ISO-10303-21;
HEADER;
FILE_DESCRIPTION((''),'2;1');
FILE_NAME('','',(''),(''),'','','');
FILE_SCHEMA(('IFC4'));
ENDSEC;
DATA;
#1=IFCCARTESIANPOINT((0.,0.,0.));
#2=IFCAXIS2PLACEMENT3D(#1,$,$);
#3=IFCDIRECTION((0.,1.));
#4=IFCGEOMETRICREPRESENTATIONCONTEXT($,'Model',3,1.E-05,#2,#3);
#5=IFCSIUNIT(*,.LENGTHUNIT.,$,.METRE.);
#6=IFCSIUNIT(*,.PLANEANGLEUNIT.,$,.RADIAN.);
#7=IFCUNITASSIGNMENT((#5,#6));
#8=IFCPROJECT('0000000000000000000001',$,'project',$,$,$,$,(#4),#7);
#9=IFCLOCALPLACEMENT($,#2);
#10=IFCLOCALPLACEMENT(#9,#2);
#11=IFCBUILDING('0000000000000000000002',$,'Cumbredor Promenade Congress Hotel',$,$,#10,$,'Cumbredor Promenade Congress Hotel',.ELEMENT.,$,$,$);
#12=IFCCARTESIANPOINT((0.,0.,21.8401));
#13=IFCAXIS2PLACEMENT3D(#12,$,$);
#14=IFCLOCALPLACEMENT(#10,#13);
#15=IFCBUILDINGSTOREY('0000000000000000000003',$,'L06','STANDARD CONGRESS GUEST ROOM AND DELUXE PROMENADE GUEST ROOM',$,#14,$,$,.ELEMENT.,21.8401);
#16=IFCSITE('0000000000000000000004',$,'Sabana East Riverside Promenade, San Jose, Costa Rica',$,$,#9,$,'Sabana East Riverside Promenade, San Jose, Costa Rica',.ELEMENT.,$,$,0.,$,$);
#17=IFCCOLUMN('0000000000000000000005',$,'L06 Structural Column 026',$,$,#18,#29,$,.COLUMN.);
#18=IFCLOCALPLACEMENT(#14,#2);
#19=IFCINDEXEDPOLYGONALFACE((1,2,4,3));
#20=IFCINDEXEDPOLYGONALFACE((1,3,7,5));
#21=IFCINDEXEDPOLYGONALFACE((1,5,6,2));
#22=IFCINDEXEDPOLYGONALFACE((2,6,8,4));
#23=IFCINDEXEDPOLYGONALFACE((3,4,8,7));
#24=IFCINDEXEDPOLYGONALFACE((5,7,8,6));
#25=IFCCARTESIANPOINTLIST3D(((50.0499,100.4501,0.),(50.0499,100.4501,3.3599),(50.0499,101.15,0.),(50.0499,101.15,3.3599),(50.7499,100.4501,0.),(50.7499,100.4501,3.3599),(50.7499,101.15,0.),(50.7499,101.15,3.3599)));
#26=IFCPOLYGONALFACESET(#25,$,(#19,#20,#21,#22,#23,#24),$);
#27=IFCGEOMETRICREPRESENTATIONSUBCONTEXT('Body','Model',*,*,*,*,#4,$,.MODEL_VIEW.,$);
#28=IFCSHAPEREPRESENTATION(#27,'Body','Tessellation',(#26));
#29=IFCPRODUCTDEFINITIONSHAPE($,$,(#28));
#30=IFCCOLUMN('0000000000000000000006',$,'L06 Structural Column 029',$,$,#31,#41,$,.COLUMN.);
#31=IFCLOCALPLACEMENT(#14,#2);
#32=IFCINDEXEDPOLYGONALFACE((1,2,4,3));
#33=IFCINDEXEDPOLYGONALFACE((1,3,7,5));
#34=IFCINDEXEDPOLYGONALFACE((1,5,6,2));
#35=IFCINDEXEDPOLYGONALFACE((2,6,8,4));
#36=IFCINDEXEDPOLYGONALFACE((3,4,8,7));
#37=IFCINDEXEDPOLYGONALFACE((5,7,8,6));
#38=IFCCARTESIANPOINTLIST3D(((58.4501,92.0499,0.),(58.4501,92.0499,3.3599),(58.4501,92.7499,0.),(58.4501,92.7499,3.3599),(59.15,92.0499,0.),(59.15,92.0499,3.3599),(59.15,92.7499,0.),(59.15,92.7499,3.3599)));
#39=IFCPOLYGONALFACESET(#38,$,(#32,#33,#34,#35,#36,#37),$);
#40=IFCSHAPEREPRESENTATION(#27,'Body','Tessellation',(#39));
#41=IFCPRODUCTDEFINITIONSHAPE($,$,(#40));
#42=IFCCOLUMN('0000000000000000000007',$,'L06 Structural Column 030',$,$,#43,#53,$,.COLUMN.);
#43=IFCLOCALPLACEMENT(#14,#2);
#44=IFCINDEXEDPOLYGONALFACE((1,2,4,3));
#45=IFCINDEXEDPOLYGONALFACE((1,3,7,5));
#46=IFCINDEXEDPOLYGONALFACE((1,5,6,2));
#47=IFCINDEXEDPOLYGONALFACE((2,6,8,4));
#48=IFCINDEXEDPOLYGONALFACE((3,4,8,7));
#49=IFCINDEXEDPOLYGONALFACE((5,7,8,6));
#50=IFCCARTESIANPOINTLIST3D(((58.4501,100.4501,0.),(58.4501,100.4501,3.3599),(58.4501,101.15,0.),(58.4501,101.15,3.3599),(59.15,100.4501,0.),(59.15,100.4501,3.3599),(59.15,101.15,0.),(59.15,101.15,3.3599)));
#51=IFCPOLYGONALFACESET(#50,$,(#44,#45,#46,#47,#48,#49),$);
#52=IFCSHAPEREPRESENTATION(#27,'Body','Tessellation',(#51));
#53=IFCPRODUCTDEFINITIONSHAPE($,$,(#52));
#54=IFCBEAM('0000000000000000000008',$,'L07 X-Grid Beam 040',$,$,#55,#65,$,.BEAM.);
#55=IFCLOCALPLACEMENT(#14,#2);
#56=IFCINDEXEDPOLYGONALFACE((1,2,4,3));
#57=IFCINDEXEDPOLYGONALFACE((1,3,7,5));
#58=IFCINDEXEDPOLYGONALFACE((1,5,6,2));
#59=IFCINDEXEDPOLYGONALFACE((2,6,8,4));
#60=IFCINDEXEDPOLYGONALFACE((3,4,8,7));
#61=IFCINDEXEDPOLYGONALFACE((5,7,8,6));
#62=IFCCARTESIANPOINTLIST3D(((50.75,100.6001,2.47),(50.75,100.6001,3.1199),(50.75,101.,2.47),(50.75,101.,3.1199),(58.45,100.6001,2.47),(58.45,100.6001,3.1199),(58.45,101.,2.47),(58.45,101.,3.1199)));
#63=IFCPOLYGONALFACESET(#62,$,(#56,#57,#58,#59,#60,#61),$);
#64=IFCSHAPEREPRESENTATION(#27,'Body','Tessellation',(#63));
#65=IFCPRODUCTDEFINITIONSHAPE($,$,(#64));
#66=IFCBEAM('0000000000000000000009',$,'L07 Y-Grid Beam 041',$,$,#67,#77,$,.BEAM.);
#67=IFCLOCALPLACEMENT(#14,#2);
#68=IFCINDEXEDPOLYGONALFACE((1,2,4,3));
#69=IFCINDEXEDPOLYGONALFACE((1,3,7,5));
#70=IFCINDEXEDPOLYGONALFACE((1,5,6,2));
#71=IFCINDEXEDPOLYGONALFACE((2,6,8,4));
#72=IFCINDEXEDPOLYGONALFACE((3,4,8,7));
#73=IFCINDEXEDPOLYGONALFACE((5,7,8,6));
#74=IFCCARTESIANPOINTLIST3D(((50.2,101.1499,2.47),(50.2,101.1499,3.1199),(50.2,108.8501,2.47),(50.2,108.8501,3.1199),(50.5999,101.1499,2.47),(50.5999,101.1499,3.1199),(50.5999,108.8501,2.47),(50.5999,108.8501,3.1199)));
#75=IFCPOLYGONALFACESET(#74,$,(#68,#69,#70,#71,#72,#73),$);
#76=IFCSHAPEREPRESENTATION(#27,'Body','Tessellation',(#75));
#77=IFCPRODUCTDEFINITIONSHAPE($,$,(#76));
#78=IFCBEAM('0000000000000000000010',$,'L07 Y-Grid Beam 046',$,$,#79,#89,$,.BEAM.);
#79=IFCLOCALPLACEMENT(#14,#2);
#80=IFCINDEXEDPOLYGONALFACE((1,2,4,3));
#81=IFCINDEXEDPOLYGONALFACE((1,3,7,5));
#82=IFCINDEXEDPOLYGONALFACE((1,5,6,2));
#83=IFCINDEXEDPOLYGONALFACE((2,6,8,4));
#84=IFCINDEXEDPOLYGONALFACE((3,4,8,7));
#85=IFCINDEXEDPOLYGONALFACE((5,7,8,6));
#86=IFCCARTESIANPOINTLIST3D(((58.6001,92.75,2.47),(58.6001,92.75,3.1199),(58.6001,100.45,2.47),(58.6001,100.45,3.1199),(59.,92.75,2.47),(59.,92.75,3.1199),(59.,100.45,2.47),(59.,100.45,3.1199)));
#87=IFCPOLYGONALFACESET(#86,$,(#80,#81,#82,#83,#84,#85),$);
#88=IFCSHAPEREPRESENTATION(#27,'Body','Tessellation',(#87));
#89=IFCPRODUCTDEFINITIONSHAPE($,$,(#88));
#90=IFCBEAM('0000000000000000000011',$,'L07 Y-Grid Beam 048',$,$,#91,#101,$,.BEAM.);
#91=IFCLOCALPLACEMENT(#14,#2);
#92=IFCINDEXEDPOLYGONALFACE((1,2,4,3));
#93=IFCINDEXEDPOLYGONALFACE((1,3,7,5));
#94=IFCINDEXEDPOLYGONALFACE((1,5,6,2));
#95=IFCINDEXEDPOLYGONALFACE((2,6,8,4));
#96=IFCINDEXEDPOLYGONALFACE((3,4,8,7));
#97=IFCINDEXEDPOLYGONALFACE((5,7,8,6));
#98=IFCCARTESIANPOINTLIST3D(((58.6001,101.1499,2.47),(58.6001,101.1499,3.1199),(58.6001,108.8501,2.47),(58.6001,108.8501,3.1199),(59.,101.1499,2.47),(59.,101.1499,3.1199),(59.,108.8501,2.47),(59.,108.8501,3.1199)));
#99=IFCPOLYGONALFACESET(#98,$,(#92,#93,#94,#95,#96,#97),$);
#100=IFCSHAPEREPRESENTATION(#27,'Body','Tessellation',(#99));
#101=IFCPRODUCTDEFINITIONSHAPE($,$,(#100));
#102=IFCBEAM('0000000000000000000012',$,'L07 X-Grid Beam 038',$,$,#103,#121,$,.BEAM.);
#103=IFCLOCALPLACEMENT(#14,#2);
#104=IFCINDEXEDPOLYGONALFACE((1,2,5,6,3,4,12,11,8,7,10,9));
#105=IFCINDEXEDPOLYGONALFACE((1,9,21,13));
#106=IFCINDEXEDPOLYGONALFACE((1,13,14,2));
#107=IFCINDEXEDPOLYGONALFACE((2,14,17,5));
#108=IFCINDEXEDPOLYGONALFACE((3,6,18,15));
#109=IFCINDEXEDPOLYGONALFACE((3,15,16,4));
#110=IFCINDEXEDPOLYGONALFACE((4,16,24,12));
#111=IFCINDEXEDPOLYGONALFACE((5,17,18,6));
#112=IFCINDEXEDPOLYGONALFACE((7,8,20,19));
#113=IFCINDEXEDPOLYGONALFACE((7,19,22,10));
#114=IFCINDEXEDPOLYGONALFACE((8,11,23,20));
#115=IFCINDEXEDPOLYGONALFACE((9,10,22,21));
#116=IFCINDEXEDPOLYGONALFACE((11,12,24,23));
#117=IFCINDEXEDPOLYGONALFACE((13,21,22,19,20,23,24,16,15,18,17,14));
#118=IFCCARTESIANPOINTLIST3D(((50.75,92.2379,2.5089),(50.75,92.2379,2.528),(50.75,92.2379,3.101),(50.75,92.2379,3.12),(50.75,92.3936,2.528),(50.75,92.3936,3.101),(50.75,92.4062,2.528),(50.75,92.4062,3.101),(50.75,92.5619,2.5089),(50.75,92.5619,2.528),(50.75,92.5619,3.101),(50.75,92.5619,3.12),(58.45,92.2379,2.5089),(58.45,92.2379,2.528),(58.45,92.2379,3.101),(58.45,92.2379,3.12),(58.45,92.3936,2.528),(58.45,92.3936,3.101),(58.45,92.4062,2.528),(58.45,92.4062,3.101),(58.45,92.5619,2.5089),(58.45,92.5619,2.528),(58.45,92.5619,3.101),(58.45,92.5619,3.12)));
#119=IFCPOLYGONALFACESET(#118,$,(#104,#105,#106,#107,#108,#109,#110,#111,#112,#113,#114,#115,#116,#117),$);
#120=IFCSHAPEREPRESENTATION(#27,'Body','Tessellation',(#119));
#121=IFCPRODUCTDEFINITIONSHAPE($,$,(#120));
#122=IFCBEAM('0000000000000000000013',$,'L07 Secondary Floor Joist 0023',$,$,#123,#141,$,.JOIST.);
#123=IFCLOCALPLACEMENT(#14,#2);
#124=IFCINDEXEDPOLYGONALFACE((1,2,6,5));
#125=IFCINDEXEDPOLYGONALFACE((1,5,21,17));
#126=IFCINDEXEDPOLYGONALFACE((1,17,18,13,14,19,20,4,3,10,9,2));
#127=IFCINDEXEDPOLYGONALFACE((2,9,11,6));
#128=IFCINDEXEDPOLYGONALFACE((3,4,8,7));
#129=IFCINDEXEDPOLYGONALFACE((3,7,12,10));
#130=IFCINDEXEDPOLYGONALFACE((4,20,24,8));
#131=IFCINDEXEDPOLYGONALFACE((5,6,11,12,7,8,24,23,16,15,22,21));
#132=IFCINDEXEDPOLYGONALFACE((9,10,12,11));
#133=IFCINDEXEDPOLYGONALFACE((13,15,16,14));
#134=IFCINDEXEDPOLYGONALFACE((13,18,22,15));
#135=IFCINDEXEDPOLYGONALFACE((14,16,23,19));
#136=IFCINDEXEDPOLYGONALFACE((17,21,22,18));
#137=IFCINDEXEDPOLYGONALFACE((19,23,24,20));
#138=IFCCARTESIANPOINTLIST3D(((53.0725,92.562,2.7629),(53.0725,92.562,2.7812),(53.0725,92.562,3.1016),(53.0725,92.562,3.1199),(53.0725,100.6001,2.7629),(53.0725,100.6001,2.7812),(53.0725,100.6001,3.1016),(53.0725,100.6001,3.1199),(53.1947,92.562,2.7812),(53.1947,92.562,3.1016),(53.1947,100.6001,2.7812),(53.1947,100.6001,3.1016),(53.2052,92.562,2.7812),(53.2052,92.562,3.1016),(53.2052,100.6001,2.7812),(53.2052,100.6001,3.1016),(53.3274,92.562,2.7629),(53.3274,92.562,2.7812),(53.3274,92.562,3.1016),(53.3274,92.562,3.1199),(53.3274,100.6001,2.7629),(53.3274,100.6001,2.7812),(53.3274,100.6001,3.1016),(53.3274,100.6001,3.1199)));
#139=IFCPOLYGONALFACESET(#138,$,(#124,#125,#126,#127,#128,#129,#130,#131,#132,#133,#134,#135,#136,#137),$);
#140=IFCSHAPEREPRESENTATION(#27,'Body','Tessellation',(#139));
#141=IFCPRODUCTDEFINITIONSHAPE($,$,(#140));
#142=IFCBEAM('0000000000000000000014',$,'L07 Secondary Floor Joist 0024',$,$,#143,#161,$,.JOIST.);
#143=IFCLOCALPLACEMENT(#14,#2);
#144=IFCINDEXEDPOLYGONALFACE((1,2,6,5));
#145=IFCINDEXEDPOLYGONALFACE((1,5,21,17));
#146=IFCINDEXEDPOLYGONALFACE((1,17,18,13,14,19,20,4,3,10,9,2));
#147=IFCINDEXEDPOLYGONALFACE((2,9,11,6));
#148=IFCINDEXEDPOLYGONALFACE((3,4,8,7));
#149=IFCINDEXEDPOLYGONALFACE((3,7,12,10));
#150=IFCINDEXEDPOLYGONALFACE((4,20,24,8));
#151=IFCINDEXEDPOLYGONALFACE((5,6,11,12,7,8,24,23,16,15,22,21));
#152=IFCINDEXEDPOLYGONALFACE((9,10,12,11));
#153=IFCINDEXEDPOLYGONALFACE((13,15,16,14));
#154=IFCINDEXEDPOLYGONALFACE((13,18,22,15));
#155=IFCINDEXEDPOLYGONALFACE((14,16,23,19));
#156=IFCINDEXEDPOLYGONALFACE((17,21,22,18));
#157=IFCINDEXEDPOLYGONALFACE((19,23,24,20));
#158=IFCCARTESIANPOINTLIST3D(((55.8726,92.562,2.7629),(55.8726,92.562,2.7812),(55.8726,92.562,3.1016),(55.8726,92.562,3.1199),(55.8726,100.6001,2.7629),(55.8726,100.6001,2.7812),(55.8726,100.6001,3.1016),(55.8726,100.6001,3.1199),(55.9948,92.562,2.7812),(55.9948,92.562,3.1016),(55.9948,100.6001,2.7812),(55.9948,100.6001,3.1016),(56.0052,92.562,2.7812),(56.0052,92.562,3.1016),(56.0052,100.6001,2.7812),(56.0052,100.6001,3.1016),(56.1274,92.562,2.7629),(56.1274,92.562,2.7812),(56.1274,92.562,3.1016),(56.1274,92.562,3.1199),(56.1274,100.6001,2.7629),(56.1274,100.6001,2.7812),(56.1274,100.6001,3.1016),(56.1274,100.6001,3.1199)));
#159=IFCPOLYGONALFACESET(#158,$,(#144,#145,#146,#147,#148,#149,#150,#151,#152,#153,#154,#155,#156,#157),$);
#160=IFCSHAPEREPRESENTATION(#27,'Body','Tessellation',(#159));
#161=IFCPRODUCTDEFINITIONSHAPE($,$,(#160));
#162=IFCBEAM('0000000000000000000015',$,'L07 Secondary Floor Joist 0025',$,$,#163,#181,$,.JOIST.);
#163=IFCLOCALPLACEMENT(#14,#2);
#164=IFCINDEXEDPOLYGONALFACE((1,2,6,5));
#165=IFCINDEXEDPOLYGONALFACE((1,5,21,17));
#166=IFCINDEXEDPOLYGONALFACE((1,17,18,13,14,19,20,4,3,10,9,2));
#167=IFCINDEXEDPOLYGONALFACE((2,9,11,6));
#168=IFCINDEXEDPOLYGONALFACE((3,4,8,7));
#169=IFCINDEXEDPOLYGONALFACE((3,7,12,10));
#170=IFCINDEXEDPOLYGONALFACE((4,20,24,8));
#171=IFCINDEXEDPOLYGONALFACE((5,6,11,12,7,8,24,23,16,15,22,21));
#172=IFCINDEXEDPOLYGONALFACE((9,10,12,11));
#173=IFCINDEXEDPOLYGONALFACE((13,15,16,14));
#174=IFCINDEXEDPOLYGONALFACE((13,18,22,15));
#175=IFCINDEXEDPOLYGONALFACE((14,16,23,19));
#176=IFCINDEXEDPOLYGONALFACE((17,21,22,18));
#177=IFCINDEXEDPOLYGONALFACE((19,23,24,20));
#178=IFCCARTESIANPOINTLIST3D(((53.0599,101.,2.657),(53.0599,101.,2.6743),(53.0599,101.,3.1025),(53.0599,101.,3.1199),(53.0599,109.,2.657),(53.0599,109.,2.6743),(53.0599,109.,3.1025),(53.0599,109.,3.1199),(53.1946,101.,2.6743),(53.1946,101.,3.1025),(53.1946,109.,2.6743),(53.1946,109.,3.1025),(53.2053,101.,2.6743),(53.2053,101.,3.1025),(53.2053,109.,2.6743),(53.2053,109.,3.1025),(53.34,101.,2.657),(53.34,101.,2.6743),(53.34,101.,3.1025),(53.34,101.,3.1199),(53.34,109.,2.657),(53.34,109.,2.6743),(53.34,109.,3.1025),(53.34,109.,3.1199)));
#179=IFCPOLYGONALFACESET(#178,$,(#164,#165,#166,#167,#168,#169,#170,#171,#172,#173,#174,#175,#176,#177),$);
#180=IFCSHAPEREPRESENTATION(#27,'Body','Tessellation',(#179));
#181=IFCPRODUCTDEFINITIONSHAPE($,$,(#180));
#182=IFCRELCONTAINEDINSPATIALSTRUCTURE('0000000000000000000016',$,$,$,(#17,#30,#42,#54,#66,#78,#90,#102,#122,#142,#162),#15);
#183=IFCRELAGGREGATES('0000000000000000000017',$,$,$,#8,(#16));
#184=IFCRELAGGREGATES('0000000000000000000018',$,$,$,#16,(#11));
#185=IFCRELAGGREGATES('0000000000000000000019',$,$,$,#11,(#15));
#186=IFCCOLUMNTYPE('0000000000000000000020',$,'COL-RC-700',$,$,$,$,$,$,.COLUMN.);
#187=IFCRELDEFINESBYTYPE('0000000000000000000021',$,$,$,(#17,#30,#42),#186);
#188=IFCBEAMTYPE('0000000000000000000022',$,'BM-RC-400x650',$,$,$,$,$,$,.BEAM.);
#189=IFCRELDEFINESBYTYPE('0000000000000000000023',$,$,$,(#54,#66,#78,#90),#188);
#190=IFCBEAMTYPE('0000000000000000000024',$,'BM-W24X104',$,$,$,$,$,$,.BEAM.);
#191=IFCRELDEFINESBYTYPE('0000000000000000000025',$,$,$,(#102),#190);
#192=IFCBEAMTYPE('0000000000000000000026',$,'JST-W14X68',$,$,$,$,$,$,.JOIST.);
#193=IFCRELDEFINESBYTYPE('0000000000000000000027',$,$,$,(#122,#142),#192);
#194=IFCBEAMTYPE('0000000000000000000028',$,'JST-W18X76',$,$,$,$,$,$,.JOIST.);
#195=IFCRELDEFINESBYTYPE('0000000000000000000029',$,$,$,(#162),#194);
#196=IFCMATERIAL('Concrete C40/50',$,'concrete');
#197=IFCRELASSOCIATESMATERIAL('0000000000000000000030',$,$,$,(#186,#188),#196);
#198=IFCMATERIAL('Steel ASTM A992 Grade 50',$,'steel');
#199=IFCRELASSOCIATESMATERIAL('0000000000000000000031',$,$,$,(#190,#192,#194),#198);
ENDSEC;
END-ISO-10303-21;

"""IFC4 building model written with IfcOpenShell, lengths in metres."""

from ifc_helpers import new_model, si_unit, direction, frame, origin, origin_2d, place, context, subcontext, project, spatial, rectangle, i_section, extrude, material, material_profile, profile_set, type_object, element, save


model = new_model("IFC4")

# Units and contexts
model_context = context("Model", 3, precision=1e-05, world=origin(), true_north=direction((0.0, 1.0)))
body_context = subcontext(model_context, "Body", "Model", "MODEL_VIEW")
ifc_project = project(units=[si_unit("LENGTHUNIT", "METRE"), si_unit("PLANEANGLEUNIT", "RADIAN")], contexts=[model_context])

# Site, building, storey
site_placement = place(None, origin())
site = spatial("IfcSite", under=ifc_project, at=site_placement, Name="Sabana East Riverside Promenade, San Jose, Costa Rica", LongName="Sabana East Riverside Promenade, San Jose, Costa Rica", CompositionType="ELEMENT", RefElevation=0.0)
building_placement = place(site_placement, origin())
building = spatial("IfcBuilding", under=site, at=building_placement, Name="Cumbredor Promenade Congress Hotel", LongName="Cumbredor Promenade Congress Hotel", CompositionType="ELEMENT")
storey_placement = place(building_placement, frame((0.0, 0.0, 21.8401)))
storey = spatial("IfcBuildingStorey", under=building, at=storey_placement, Name="L06", Description="STANDARD CONGRESS GUEST ROOM AND DELUXE PROMENADE GUEST ROOM", CompositionType="ELEMENT", Elevation=21.8401)

# Columns
ifc_material_1 = material(Name="Concrete C40/50", Category="concrete")
ifc_material_profile_1 = material_profile(ifc_material_1, rectangle(XDim=0.7, YDim=0.7, at=origin_2d()), Name="RC 700x700")
ifc_profile_set_1 = profile_set([ifc_material_profile_1], Name="Concrete C40/50")
column_type = type_object("IfcColumnType", Name="COL-RC-700", PredefinedType="COLUMN", material=ifc_profile_set_1)
for number, where, z_axis, x_axis, name in (
    (1, (50.3999, 100.8, 0.0), (0.0, 0.0, 1.0), (1.0, 0.0, 0.0), "L06 Structural Column 026"),
    (2, (58.8, 92.3999, 0.0), (0.0, 0.0, 1.0), (1.0, 0.0, 0.0), "L06 Structural Column 029"),
    (3, (58.8, 100.8, 0.0), (0.0, 0.0, 1.0), (1.0, 0.0, 0.0), "L06 Structural Column 030"),
):
    element("IfcColumn", number, at=place(storey_placement, frame(where, z_axis=z_axis, x_axis=x_axis)), inside=storey, type_object=column_type, Name=name, PredefinedType="COLUMN", context=body_context, shape_type="SweptSolid", body=[
        extrude(rectangle(XDim=0.7, YDim=0.7, at=origin_2d()), origin(), (0.0, 0.0, 1.0), 3.3599),
    ])

# Beams
ifc_material_profile_2 = material_profile(ifc_material_1, rectangle(XDim=0.3999, YDim=0.6499, at=origin_2d()), Name="RC BEAM 400x650")
ifc_profile_set_2 = profile_set([ifc_material_profile_2], Name="Concrete C40/50")
beam_type_1 = type_object("IfcBeamType", Name="BM-RC-400x650", PredefinedType="BEAM", material=ifc_profile_set_2)
beam_1_placement = place(storey_placement, frame((50.75, 100.8, 2.7949), z_axis=(1.0, 0.0, 0.0), x_axis=(0.0, 1.0, 0.0)))
element("IfcBeam", 4, at=beam_1_placement, inside=storey, type_object=beam_type_1, Name="L07 X-Grid Beam 040", PredefinedType="BEAM", context=body_context, shape_type="SweptSolid", body=[
    extrude(rectangle(XDim=0.3999, YDim=0.6499, at=origin_2d()), origin(), (0.0, 0.0, 1.0), 7.7),
])
beam_2_placement = place(storey_placement, frame((50.3999, 101.1499, 2.7949), z_axis=(0.0, 1.0, 0.0), x_axis=(-1.0, 0.0, 0.0)))
element("IfcBeam", 5, at=beam_2_placement, inside=storey, type_object=beam_type_1, Name="L07 Y-Grid Beam 041", PredefinedType="BEAM", context=body_context, shape_type="SweptSolid", body=[
    extrude(rectangle(XDim=0.3999, YDim=0.6499, at=origin_2d()), origin(), (0.0, 0.0, 1.0), 7.7002),
])
beam_3_placement = place(storey_placement, frame((58.8, 92.75, 2.7949), z_axis=(0.0, 1.0, 0.0), x_axis=(-1.0, 0.0, 0.0)))
element("IfcBeam", 6, at=beam_3_placement, inside=storey, type_object=beam_type_1, Name="L07 Y-Grid Beam 046", PredefinedType="BEAM", context=body_context, shape_type="SweptSolid", body=[
    extrude(rectangle(XDim=0.3999, YDim=0.6499, at=origin_2d()), origin(), (0.0, 0.0, 1.0), 7.7),
])
beam_4_placement = place(storey_placement, frame((58.8, 101.1499, 2.7949), z_axis=(0.0, 1.0, 0.0), x_axis=(-1.0, 0.0, 0.0)))
element("IfcBeam", 7, at=beam_4_placement, inside=storey, type_object=beam_type_1, Name="L07 Y-Grid Beam 048", PredefinedType="BEAM", context=body_context, shape_type="SweptSolid", body=[
    extrude(rectangle(XDim=0.3999, YDim=0.6499, at=origin_2d()), origin(), (0.0, 0.0, 1.0), 7.7002),
])
ifc_material_2 = material(Name="Steel ASTM A992 Grade 50", Category="steel")
ifc_material_profile_3 = material_profile(ifc_material_2, i_section(OverallWidth=0.324, OverallDepth=0.6111, WebThickness=0.0127, FlangeThickness=0.019, at=origin_2d()), Name="W24X104")
ifc_profile_set_3 = profile_set([ifc_material_profile_3], Name="Steel ASTM A992 Grade 50")
beam_type_2 = type_object("IfcBeamType", Name="BM-W24X104", PredefinedType="BEAM", material=ifc_profile_set_3)
beam_5_placement = place(storey_placement, frame((50.75, 92.3999, 2.8145), z_axis=(1.0, 0.0, 0.0), x_axis=(0.0, 1.0, 0.0)))
element("IfcBeam", 8, at=beam_5_placement, inside=storey, type_object=beam_type_2, Name="L07 X-Grid Beam 038", PredefinedType="BEAM", context=body_context, shape_type="SweptSolid", body=[
    extrude(i_section(OverallWidth=0.324, OverallDepth=0.6111, WebThickness=0.0127, FlangeThickness=0.019, at=origin_2d()), origin(), (0.0, 0.0, 1.0), 7.7),
])
ifc_material_profile_4 = material_profile(ifc_material_2, i_section(OverallWidth=0.2549, OverallDepth=0.3569, WebThickness=0.0105, FlangeThickness=0.0183, at=origin_2d()), Name="W14X68")
ifc_profile_set_4 = profile_set([ifc_material_profile_4], Name="Steel ASTM A992 Grade 50")
beam_type_3 = type_object("IfcBeamType", Name="JST-W14X68", PredefinedType="JOIST", material=ifc_profile_set_4)
for number, where, z_axis, x_axis, name in (
    (9, (53.2, 92.562, 2.9414), (0.0, 1.0, 0.0), (-1.0, 0.0, 0.0), "L07 Secondary Floor Joist 0023"),
    (10, (56.0, 92.562, 2.9414), (0.0, 1.0, 0.0), (-1.0, 0.0, 0.0), "L07 Secondary Floor Joist 0024"),
):
    element("IfcBeam", number, at=place(storey_placement, frame(where, z_axis=z_axis, x_axis=x_axis)), inside=storey, type_object=beam_type_3, Name=name, PredefinedType="JOIST", context=body_context, shape_type="SweptSolid", body=[
        extrude(i_section(OverallWidth=0.2549, OverallDepth=0.3569, WebThickness=0.0105, FlangeThickness=0.0183, at=origin_2d()), origin(), (0.0, 0.0, 1.0), 8.0381),
    ])
ifc_material_profile_5 = material_profile(ifc_material_2, i_section(OverallWidth=0.28, OverallDepth=0.4629, WebThickness=0.0107, FlangeThickness=0.0173, at=origin_2d()), Name="W18X76")
ifc_profile_set_5 = profile_set([ifc_material_profile_5], Name="Steel ASTM A992 Grade 50")
beam_type_4 = type_object("IfcBeamType", Name="JST-W18X76", PredefinedType="JOIST", material=ifc_profile_set_5)
for number, where, z_axis, x_axis, name in (
    (11, (53.2, 101.0, 2.8884), (0.0, 1.0, 0.0), (-1.0, 0.0, 0.0), "L07 Secondary Floor Joist 0025"),
):
    element("IfcBeam", number, at=place(storey_placement, frame(where, z_axis=z_axis, x_axis=x_axis)), inside=storey, type_object=beam_type_4, Name=name, PredefinedType="JOIST", context=body_context, shape_type="SweptSolid", body=[
        extrude(i_section(OverallWidth=0.28, OverallDepth=0.4629, WebThickness=0.0107, FlangeThickness=0.0173, at=origin_2d()), origin(), (0.0, 0.0, 1.0), 8.0),
    ])

save(model, "model.ifc")
